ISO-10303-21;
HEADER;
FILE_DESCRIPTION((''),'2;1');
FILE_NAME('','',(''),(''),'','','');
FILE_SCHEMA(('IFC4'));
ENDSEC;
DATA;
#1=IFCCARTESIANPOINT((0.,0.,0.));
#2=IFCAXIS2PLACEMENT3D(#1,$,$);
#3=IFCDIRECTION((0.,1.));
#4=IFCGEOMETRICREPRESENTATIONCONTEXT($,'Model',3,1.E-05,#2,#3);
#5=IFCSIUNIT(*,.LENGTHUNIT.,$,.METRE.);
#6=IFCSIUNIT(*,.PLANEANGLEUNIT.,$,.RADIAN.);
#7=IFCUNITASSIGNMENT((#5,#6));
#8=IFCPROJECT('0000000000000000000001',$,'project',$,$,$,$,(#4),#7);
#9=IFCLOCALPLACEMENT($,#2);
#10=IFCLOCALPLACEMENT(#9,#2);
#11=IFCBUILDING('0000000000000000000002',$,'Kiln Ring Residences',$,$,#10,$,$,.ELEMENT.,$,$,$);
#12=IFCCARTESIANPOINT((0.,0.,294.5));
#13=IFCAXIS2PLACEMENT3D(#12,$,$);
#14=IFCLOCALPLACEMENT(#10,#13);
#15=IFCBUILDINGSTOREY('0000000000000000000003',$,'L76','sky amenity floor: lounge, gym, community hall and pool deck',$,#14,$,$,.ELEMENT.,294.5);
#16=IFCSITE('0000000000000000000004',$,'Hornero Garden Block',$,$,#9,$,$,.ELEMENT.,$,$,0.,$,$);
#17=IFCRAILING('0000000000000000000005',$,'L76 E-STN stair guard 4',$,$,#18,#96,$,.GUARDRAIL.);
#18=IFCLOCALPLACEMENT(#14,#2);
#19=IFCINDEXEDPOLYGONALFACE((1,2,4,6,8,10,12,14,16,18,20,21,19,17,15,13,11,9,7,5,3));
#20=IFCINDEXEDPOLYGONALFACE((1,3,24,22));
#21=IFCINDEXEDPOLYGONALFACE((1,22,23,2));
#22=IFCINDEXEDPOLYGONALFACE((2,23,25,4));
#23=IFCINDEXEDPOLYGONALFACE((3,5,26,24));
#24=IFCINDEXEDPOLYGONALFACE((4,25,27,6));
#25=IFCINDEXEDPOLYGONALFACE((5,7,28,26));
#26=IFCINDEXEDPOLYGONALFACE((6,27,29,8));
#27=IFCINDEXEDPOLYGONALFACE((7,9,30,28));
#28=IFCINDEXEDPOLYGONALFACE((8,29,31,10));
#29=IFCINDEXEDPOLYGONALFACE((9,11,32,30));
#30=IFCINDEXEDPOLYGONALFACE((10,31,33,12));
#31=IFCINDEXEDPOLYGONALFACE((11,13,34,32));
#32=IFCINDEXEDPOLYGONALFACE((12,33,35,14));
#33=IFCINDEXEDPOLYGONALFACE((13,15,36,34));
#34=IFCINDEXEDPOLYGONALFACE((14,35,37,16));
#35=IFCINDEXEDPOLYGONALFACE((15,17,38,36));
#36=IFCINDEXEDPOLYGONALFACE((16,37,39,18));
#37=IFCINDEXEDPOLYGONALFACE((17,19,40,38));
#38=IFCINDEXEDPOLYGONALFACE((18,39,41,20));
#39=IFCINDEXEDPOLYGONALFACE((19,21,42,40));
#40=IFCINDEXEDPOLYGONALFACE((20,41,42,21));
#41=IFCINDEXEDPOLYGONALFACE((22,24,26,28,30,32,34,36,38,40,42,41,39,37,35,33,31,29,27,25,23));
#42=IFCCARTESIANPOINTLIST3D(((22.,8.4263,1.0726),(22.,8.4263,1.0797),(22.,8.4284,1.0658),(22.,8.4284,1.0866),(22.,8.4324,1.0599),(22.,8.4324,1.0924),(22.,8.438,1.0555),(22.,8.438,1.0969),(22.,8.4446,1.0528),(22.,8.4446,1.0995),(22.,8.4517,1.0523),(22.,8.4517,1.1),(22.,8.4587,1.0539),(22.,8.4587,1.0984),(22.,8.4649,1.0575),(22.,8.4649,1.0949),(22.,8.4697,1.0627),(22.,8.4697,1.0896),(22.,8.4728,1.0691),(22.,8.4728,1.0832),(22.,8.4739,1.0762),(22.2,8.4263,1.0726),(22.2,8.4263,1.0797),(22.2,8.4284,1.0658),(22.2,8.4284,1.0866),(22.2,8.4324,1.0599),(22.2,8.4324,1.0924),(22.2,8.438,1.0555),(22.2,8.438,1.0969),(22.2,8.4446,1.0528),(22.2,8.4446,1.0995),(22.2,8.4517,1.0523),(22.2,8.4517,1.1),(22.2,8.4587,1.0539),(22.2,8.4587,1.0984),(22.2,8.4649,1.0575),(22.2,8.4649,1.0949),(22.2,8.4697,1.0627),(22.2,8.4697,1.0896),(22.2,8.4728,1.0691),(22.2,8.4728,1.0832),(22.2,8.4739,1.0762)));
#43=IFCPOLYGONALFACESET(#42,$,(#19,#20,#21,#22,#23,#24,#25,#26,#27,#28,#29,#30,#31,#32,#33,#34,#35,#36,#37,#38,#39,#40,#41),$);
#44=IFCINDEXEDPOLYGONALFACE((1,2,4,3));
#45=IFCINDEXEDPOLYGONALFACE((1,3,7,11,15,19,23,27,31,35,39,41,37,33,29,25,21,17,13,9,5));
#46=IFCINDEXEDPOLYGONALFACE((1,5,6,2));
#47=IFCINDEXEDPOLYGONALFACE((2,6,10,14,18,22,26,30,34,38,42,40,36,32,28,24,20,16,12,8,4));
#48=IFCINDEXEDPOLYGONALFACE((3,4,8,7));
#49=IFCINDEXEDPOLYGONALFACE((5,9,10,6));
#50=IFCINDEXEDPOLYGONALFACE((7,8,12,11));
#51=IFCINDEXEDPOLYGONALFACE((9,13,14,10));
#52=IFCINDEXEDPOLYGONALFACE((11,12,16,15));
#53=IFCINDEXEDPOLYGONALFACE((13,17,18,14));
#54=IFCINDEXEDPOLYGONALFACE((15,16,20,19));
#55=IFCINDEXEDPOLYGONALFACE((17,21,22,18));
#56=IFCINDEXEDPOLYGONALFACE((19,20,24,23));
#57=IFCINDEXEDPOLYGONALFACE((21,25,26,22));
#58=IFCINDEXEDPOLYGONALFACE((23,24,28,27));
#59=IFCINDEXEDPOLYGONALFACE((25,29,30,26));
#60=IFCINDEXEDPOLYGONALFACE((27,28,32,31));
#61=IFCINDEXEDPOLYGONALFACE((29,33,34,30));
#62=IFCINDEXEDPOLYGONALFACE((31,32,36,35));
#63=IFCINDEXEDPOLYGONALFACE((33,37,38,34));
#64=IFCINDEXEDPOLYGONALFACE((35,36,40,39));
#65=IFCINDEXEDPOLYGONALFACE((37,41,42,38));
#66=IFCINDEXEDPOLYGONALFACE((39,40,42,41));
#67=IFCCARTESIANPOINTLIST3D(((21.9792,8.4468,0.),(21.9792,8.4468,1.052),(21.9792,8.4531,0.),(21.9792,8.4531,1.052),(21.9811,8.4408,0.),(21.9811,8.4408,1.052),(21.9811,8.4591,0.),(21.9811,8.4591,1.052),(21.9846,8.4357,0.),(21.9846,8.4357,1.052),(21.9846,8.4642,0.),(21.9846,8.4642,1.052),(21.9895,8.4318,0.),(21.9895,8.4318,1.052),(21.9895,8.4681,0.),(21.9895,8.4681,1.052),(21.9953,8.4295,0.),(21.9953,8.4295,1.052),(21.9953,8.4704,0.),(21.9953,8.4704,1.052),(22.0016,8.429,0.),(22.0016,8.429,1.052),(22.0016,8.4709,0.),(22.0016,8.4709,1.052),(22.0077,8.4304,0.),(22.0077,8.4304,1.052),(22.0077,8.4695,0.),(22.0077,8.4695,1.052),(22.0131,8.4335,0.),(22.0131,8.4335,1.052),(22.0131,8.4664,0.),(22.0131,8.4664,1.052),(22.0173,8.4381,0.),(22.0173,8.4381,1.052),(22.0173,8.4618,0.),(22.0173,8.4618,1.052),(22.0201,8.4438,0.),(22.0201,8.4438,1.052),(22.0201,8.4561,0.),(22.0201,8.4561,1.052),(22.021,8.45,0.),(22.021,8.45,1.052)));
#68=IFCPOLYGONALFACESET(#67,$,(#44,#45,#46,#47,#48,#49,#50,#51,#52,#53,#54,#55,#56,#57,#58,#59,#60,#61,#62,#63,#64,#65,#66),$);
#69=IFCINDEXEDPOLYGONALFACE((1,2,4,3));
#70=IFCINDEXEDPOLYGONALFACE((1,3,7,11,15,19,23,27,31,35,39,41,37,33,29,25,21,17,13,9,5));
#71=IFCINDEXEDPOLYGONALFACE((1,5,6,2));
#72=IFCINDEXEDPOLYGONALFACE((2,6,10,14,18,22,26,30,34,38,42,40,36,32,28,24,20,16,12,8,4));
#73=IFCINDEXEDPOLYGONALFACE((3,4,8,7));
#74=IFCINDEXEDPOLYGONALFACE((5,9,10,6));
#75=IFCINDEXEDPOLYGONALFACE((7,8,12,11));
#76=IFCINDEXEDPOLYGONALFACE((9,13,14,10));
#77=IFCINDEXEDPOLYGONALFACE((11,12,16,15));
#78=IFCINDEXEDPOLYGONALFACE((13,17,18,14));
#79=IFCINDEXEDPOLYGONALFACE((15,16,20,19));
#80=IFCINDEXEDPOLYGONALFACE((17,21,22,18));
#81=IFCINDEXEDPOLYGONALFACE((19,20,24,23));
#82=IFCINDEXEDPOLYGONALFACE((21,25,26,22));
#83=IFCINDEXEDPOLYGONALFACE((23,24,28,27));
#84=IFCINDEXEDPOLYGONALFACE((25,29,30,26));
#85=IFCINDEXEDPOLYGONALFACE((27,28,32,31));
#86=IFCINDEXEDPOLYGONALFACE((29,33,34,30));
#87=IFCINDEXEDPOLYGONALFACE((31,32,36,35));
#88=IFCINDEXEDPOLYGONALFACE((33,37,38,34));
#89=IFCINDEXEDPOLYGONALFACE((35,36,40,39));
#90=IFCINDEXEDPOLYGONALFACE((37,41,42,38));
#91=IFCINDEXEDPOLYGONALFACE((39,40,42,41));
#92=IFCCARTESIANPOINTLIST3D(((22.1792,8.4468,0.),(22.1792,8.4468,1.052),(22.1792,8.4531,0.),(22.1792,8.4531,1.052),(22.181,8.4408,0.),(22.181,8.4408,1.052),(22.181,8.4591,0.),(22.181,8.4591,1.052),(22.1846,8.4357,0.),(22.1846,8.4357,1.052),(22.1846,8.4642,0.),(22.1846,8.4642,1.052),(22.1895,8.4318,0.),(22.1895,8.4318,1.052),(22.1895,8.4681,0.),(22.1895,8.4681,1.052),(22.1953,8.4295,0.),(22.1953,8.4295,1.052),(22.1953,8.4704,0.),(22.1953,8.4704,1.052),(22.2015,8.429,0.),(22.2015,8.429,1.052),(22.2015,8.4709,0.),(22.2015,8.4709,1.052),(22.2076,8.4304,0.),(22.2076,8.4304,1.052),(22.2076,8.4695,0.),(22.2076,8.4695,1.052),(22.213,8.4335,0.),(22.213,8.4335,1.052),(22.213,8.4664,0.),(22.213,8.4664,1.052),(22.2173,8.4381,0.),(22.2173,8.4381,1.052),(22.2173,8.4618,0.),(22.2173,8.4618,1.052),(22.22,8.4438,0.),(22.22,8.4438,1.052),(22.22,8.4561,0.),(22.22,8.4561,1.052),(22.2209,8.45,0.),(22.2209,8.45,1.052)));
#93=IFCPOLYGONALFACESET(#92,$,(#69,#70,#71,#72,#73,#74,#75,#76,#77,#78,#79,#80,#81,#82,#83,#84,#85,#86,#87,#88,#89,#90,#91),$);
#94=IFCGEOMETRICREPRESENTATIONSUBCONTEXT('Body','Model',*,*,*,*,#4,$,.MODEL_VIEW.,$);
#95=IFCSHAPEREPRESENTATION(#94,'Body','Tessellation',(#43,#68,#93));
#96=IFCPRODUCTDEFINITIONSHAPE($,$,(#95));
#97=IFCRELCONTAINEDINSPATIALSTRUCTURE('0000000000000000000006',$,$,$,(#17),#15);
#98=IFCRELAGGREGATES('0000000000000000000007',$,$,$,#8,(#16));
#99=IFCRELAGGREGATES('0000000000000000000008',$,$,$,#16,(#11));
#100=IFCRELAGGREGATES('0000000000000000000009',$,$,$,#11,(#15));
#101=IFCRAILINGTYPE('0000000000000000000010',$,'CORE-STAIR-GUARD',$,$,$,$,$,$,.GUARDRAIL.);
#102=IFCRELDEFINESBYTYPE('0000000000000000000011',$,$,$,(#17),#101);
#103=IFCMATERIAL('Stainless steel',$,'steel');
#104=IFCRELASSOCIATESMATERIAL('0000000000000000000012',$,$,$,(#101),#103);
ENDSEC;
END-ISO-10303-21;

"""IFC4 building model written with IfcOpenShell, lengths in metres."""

from ifc_helpers import new_model, si_unit, direction, frame, origin, origin_2d, place, context, subcontext, project, spatial, circle, extrude, material, type_object, element, save


model = new_model("IFC4")

# Units and contexts
model_context = context("Model", 3, precision=1e-05, world=origin(), true_north=direction((0.0, 1.0)))
body_context = subcontext(model_context, "Body", "Model", "MODEL_VIEW")
ifc_project = project(units=[si_unit("LENGTHUNIT", "METRE"), si_unit("PLANEANGLEUNIT", "RADIAN")], contexts=[model_context])

# Site, building, storey
site_placement = place(None, origin())
site = spatial("IfcSite", under=ifc_project, at=site_placement, Name="Hornero Garden Block", CompositionType="ELEMENT", RefElevation=0.0)
building_placement = place(site_placement, origin())
building = spatial("IfcBuilding", under=site, at=building_placement, Name="Kiln Ring Residences", CompositionType="ELEMENT")
storey_placement = place(building_placement, frame((0.0, 0.0, 294.5)))
storey = spatial("IfcBuildingStorey", under=building, at=storey_placement, Name="L76", Description="sky amenity floor: lounge, gym, community hall and pool deck", CompositionType="ELEMENT", Elevation=294.5)

# Railing
ifc_material_1 = material(Name="Stainless steel", Category="steel")
railing_type_1 = type_object("IfcRailingType", Name="CORE-STAIR-GUARD", PredefinedType="GUARDRAIL", material=ifc_material_1)
railing_1_placement = place(storey_placement, frame((22.0, 8.45, 0.0)))
element("IfcRailing", 1, at=railing_1_placement, inside=storey, type_object=railing_type_1, Name="L76 E-STN stair guard 4", PredefinedType="GUARDRAIL", context=body_context, shape_type="SweptSolid", body=[
    extrude(circle(Radius=0.0239, at=origin_2d()), frame((0.0, 0.0, 1.0762), z_axis=(1.0, 0.0, 0.0), x_axis=(0.0, 1.0, 0.0)), (0.0, 0.0, 1.0), 0.2),
    extrude(circle(Radius=0.021, at=origin_2d()), origin(), (0.0, 0.0, 1.0), 1.052),
    extrude(circle(Radius=0.021, at=origin_2d()), frame((0.2, 0.0, 0.0)), (0.0, 0.0, 1.0), 1.052),
])

save(model, "model.ifc")
